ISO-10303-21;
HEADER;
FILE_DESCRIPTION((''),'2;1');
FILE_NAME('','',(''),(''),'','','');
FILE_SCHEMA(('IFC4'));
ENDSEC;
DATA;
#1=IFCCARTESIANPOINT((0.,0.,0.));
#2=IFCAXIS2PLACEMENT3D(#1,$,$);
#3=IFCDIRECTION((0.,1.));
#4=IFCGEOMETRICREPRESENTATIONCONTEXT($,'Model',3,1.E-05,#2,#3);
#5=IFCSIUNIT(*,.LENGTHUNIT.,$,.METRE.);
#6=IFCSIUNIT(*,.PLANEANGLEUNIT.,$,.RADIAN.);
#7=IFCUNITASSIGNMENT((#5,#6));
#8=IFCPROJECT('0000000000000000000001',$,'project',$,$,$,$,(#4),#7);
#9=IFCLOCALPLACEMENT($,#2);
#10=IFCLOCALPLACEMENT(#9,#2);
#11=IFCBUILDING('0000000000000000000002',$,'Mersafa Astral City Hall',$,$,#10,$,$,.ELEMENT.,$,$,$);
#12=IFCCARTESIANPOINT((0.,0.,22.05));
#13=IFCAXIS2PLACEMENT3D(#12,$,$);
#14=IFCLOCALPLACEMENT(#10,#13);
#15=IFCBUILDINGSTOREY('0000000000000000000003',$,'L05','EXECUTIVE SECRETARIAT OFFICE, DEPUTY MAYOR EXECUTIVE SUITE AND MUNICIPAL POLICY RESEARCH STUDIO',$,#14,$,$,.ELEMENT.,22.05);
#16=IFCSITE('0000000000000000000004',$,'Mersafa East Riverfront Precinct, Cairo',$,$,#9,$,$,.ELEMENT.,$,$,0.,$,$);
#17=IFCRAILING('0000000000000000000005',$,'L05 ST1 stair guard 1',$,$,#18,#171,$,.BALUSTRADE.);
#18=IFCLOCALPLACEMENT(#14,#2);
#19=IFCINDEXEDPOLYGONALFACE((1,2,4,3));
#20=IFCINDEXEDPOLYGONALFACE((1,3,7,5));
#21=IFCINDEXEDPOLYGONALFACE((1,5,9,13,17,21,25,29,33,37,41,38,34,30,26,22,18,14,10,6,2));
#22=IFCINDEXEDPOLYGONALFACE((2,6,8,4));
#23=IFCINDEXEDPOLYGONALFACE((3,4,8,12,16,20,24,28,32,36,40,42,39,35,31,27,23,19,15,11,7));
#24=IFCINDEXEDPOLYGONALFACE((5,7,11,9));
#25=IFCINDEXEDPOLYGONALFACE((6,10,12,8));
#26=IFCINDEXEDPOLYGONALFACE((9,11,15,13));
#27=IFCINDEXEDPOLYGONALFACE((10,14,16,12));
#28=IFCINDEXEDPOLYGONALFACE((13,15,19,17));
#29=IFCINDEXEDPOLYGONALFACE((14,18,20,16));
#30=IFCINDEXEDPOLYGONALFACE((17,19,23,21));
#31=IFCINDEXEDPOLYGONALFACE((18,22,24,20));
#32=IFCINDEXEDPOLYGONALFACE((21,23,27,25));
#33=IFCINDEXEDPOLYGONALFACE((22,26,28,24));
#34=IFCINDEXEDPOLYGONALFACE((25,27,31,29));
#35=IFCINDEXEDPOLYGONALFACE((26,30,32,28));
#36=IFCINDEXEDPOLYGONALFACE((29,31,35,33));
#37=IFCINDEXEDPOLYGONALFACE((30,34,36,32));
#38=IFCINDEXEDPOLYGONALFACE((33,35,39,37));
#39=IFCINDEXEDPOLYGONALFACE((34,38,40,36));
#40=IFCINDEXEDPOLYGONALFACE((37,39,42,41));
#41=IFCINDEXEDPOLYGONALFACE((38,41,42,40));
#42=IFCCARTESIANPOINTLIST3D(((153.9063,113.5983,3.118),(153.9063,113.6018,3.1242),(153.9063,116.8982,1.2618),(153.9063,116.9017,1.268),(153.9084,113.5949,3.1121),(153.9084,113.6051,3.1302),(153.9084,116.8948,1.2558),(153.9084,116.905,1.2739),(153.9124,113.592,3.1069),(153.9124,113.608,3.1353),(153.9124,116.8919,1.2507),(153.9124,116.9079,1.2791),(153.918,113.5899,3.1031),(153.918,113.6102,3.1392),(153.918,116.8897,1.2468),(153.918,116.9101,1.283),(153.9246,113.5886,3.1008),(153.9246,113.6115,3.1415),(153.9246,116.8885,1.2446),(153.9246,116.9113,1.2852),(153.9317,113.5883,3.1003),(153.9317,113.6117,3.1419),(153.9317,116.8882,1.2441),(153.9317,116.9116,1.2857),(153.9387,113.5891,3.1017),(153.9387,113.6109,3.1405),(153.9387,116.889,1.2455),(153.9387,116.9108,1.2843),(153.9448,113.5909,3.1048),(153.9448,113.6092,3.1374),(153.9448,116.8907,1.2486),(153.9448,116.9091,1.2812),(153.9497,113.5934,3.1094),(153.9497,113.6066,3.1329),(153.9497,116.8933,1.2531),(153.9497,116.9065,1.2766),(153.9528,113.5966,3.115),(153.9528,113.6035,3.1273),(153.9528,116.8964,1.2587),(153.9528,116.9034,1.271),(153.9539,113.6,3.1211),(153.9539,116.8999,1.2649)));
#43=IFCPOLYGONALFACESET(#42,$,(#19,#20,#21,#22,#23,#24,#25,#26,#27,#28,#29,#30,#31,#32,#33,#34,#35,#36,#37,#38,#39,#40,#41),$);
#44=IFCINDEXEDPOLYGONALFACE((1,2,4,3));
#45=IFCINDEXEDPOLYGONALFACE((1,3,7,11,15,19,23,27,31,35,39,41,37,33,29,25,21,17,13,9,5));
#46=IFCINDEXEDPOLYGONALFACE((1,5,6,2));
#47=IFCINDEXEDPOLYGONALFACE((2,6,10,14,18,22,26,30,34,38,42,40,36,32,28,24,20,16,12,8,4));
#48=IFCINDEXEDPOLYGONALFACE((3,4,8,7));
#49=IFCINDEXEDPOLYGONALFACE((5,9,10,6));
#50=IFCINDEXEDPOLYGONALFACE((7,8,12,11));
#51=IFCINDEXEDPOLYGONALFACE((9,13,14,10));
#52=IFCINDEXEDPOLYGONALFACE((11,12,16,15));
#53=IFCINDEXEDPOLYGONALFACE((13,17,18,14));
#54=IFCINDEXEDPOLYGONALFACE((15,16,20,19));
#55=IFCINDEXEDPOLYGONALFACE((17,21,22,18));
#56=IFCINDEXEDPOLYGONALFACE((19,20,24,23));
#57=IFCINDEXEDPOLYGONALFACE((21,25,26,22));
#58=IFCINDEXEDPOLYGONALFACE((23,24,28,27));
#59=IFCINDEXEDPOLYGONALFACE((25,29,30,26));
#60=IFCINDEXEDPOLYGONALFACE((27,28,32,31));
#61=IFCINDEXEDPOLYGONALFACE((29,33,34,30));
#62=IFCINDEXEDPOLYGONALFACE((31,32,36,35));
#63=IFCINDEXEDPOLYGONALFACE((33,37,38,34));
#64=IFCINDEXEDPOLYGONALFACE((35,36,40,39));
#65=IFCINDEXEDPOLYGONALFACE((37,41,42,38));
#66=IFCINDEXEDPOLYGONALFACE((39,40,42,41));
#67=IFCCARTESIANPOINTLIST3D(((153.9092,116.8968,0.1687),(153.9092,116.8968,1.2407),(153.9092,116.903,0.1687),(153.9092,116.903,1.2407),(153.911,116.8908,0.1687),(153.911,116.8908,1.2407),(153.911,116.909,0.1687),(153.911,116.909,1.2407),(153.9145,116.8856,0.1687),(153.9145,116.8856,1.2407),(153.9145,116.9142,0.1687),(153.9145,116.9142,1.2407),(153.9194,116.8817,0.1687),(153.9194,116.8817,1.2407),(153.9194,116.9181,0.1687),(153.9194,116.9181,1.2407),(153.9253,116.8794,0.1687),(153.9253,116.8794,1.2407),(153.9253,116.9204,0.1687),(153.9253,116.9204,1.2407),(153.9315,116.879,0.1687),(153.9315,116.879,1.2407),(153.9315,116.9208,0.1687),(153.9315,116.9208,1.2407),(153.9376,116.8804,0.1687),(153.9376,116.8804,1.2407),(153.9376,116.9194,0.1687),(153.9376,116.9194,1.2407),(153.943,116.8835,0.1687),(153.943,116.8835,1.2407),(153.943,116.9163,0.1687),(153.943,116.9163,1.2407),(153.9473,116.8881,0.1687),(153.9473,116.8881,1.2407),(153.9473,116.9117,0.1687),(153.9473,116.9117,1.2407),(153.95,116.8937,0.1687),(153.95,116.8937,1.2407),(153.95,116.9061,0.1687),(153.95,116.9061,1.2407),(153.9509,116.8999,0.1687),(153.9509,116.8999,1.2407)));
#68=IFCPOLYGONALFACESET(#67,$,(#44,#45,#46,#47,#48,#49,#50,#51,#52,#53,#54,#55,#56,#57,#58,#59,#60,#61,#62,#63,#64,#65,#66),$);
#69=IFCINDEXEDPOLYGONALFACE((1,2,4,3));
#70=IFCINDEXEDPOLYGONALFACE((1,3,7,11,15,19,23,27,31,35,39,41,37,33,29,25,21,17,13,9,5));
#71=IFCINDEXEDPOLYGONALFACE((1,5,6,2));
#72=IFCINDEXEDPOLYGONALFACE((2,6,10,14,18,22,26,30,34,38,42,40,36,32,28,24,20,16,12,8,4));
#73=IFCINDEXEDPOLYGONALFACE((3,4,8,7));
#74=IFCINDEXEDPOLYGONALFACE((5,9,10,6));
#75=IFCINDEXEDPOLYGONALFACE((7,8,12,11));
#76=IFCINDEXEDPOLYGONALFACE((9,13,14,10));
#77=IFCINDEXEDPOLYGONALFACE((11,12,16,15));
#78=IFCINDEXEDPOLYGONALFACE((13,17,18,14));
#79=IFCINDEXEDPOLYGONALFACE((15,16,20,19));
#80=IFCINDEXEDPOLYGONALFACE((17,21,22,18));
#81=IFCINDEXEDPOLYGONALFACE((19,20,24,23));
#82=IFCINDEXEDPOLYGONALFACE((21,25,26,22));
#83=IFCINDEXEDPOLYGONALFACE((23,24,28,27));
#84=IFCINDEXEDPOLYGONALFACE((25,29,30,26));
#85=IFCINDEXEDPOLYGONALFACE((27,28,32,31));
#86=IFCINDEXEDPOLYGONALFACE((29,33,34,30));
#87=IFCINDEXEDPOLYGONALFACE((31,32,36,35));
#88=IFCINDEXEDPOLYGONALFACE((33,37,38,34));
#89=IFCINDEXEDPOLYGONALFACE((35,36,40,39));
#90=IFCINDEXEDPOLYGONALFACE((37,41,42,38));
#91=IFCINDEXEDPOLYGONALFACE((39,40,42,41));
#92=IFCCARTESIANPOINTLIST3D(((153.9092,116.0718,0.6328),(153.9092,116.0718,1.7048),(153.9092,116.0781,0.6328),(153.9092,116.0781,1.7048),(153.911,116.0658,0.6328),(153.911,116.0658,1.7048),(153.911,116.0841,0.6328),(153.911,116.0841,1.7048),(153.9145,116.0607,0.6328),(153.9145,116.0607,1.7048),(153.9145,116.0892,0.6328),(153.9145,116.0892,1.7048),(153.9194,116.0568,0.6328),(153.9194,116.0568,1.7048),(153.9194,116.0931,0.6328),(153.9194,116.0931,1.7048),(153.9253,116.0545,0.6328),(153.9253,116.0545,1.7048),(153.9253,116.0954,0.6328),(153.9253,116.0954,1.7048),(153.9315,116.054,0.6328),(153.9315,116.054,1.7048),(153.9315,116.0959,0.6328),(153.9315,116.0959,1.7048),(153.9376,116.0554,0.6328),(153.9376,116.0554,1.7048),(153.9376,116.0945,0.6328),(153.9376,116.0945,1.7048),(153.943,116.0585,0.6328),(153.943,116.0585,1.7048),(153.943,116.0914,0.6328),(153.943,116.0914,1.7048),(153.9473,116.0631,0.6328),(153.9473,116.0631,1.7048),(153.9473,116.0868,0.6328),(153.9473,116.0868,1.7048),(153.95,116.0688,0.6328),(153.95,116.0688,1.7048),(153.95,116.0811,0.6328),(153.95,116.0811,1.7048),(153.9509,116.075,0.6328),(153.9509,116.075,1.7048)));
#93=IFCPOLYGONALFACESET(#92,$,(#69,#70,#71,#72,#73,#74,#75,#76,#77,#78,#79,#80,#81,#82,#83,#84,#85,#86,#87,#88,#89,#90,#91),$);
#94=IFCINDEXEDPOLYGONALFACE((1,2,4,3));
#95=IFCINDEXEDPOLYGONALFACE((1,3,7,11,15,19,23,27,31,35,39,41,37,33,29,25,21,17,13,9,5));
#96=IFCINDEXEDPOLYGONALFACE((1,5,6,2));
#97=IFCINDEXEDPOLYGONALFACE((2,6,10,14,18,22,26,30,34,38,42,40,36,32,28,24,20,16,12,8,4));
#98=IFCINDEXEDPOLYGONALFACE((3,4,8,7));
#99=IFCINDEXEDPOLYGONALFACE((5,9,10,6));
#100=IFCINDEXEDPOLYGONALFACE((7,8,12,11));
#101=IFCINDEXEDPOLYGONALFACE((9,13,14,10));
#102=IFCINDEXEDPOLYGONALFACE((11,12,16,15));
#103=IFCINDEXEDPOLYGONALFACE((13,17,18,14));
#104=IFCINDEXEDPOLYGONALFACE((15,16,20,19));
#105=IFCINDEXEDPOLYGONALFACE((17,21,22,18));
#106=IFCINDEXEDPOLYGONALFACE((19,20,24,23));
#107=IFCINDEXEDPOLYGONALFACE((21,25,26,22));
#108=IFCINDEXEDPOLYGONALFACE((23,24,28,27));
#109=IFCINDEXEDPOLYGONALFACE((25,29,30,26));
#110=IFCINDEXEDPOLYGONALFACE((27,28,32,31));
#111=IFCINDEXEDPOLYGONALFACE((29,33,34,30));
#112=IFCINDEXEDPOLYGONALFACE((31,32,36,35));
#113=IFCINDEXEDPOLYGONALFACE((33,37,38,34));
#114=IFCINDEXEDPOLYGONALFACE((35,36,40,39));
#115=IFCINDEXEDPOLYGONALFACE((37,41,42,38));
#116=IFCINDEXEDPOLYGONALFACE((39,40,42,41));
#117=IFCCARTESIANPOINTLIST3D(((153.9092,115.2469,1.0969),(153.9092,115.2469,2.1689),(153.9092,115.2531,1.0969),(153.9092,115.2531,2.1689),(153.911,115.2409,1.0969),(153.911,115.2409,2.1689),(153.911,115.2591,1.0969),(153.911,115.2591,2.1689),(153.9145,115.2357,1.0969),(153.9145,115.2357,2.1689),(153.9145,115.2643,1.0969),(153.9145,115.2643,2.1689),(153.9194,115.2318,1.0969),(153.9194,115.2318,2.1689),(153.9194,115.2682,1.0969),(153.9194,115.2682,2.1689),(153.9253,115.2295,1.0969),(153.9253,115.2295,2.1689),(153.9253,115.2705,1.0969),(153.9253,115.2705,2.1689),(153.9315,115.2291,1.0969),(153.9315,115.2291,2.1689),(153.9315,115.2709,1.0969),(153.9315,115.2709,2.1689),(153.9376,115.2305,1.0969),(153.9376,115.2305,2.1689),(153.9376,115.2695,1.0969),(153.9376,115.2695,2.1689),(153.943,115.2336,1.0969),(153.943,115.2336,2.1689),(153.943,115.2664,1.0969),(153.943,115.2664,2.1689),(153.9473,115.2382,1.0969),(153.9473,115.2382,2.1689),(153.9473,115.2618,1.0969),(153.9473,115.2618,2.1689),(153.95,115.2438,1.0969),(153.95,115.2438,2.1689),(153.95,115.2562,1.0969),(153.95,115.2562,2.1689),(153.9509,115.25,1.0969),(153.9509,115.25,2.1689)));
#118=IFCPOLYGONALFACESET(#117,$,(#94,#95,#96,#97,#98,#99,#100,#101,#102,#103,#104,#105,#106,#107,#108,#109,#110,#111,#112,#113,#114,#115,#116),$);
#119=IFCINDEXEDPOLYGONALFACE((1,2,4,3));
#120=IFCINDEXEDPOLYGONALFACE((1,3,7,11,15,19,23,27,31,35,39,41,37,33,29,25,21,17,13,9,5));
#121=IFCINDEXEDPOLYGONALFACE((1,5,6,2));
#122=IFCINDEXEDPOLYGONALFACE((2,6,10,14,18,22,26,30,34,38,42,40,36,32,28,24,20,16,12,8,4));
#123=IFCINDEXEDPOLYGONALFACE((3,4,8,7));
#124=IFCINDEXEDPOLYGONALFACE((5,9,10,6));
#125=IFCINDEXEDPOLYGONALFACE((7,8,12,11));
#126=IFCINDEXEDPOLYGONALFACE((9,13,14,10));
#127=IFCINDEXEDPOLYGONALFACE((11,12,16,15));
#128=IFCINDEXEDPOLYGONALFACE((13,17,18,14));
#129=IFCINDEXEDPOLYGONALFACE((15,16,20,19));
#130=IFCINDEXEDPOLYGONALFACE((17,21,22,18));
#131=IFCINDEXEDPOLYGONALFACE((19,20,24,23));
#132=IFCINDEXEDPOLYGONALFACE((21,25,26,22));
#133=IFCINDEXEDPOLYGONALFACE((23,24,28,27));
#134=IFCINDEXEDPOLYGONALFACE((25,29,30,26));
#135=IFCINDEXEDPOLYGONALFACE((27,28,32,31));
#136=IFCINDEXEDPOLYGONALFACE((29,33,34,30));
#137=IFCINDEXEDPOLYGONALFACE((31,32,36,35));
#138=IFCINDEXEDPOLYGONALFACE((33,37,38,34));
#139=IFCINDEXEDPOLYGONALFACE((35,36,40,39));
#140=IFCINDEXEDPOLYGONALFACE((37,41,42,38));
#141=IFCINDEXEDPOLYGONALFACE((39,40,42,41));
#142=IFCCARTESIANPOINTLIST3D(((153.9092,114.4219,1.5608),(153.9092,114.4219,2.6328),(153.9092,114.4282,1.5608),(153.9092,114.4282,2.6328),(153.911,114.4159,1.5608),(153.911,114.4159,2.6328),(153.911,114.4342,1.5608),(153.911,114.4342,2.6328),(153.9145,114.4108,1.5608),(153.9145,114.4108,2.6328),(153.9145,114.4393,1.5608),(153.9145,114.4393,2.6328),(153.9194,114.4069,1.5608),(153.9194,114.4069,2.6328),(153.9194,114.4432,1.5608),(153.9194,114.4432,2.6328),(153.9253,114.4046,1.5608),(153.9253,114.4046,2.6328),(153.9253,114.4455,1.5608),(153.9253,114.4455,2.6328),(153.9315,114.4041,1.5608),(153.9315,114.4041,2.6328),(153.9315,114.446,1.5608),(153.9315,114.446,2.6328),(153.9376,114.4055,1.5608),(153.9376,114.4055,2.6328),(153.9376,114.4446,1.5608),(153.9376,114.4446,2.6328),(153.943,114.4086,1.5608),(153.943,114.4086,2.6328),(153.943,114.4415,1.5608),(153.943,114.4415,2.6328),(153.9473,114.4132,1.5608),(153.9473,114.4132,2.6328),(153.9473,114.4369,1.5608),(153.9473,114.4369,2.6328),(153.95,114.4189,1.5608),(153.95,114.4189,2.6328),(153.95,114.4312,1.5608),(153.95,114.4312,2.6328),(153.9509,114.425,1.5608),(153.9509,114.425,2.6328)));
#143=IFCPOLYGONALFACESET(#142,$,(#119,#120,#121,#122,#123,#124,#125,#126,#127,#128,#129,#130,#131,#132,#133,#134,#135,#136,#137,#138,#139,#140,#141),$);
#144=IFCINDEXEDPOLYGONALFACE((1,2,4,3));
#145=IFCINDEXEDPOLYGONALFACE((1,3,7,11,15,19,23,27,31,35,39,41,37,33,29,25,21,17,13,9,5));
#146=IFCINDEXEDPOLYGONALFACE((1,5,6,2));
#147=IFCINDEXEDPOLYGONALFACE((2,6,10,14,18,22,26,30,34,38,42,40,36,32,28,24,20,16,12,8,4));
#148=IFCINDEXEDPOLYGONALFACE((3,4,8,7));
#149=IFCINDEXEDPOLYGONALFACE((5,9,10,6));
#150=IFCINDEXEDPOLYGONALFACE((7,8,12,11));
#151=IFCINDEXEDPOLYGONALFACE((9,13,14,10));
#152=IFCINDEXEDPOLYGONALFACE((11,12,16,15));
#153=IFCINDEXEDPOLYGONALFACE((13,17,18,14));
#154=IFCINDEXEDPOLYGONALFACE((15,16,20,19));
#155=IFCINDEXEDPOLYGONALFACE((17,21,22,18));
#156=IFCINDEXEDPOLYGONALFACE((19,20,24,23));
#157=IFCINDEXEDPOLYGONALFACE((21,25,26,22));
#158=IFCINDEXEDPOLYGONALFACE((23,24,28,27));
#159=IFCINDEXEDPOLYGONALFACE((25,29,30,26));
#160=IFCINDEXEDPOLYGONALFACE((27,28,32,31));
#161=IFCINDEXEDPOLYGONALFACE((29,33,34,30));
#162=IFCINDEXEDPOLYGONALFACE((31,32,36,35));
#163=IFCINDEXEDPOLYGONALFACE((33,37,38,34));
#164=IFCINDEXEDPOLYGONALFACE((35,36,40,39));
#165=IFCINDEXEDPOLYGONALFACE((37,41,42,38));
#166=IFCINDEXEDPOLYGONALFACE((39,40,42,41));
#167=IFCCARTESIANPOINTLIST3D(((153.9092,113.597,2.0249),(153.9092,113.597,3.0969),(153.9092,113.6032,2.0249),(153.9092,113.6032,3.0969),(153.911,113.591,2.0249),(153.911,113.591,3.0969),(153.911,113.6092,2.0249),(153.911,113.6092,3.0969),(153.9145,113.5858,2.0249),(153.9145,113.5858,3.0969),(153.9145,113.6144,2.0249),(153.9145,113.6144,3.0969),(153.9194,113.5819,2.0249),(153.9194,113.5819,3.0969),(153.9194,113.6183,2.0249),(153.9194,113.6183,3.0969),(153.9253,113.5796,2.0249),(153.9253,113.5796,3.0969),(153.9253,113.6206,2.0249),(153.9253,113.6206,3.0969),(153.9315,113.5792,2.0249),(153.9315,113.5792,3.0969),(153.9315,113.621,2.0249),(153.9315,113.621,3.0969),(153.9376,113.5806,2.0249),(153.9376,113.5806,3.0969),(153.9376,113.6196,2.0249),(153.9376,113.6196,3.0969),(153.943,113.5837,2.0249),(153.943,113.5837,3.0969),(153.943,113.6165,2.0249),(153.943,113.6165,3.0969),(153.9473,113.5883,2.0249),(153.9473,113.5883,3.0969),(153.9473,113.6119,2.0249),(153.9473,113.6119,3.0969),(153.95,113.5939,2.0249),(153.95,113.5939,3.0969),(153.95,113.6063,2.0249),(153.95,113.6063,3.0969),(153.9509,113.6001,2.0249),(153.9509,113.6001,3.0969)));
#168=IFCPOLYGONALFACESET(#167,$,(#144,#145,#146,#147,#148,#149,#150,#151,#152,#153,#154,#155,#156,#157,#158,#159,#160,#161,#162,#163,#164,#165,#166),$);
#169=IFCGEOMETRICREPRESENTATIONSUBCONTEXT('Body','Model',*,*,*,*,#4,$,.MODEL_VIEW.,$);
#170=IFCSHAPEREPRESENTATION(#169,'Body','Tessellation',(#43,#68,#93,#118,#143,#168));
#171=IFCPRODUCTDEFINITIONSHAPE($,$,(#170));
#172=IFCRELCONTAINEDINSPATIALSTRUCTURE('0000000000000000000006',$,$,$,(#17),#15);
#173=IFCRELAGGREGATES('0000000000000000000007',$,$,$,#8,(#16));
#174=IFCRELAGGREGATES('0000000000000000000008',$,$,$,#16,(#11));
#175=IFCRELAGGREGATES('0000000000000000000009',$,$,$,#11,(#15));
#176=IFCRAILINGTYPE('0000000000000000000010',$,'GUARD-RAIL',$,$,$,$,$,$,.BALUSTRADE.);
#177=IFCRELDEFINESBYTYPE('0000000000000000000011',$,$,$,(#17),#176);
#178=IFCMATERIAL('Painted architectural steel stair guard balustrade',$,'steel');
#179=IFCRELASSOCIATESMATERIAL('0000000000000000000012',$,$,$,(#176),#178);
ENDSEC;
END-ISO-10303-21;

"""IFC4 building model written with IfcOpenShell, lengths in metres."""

from ifc_helpers import new_model, si_unit, direction, frame, origin, origin_2d, place, context, subcontext, project, spatial, circle, extrude, material, type_object, element, save


model = new_model("IFC4")

# Units and contexts
model_context = context("Model", 3, precision=1e-05, world=origin(), true_north=direction((0.0, 1.0)))
body_context = subcontext(model_context, "Body", "Model", "MODEL_VIEW")
ifc_project = project(units=[si_unit("LENGTHUNIT", "METRE"), si_unit("PLANEANGLEUNIT", "RADIAN")], contexts=[model_context])

# Site, building, storey
site_placement = place(None, origin())
site = spatial("IfcSite", under=ifc_project, at=site_placement, Name="Mersafa East Riverfront Precinct, Cairo", CompositionType="ELEMENT", RefElevation=0.0)
building_placement = place(site_placement, origin())
building = spatial("IfcBuilding", under=site, at=building_placement, Name="Mersafa Astral City Hall", CompositionType="ELEMENT")
storey_placement = place(building_placement, frame((0.0, 0.0, 22.05)))
storey = spatial("IfcBuildingStorey", under=building, at=storey_placement, Name="L05", Description="EXECUTIVE SECRETARIAT OFFICE, DEPUTY MAYOR EXECUTIVE SUITE AND MUNICIPAL POLICY RESEARCH STUDIO", CompositionType="ELEMENT", Elevation=22.05)

# Railing
ifc_material_1 = material(Name="Painted architectural steel stair guard balustrade", Category="steel")
railing_type_1 = type_object("IfcRailingType", Name="GUARD-RAIL", PredefinedType="BALUSTRADE", material=ifc_material_1)
railing_1_placement = place(storey_placement, frame((153.9299, 116.8999, 0.1687)))
element("IfcRailing", 1, at=railing_1_placement, inside=storey, type_object=railing_type_1, Name="L05 ST1 stair guard 1", PredefinedType="BALUSTRADE", context=body_context, shape_type="SweptSolid", body=[
    extrude(circle(Radius=0.0239, at=origin_2d()), frame((0.0, 0.0, 1.0962), z_axis=(0.0, -0.871569, 0.490273), x_axis=(1.0, 0.0, 0.0)), (0.0, 0.0, 1.0), 3.7861),
    extrude(circle(Radius=0.021, at=origin_2d()), origin(), (0.0, 0.0, 1.0), 1.072),
    extrude(circle(Radius=0.021, at=origin_2d()), frame((0.0, -0.825, 0.4641)), (0.0, 0.0, 1.0), 1.072),
    extrude(circle(Radius=0.021, at=origin_2d()), frame((0.0, -1.6499, 0.9282)), (0.0, 0.0, 1.0), 1.072),
    extrude(circle(Radius=0.021, at=origin_2d()), frame((0.0, -2.4749, 1.3921)), (0.0, 0.0, 1.0), 1.072),
    extrude(circle(Radius=0.021, at=origin_2d()), frame((0.0, -3.2998, 1.8562)), (0.0, 0.0, 1.0), 1.072),
])

save(model, "model.ifc")
